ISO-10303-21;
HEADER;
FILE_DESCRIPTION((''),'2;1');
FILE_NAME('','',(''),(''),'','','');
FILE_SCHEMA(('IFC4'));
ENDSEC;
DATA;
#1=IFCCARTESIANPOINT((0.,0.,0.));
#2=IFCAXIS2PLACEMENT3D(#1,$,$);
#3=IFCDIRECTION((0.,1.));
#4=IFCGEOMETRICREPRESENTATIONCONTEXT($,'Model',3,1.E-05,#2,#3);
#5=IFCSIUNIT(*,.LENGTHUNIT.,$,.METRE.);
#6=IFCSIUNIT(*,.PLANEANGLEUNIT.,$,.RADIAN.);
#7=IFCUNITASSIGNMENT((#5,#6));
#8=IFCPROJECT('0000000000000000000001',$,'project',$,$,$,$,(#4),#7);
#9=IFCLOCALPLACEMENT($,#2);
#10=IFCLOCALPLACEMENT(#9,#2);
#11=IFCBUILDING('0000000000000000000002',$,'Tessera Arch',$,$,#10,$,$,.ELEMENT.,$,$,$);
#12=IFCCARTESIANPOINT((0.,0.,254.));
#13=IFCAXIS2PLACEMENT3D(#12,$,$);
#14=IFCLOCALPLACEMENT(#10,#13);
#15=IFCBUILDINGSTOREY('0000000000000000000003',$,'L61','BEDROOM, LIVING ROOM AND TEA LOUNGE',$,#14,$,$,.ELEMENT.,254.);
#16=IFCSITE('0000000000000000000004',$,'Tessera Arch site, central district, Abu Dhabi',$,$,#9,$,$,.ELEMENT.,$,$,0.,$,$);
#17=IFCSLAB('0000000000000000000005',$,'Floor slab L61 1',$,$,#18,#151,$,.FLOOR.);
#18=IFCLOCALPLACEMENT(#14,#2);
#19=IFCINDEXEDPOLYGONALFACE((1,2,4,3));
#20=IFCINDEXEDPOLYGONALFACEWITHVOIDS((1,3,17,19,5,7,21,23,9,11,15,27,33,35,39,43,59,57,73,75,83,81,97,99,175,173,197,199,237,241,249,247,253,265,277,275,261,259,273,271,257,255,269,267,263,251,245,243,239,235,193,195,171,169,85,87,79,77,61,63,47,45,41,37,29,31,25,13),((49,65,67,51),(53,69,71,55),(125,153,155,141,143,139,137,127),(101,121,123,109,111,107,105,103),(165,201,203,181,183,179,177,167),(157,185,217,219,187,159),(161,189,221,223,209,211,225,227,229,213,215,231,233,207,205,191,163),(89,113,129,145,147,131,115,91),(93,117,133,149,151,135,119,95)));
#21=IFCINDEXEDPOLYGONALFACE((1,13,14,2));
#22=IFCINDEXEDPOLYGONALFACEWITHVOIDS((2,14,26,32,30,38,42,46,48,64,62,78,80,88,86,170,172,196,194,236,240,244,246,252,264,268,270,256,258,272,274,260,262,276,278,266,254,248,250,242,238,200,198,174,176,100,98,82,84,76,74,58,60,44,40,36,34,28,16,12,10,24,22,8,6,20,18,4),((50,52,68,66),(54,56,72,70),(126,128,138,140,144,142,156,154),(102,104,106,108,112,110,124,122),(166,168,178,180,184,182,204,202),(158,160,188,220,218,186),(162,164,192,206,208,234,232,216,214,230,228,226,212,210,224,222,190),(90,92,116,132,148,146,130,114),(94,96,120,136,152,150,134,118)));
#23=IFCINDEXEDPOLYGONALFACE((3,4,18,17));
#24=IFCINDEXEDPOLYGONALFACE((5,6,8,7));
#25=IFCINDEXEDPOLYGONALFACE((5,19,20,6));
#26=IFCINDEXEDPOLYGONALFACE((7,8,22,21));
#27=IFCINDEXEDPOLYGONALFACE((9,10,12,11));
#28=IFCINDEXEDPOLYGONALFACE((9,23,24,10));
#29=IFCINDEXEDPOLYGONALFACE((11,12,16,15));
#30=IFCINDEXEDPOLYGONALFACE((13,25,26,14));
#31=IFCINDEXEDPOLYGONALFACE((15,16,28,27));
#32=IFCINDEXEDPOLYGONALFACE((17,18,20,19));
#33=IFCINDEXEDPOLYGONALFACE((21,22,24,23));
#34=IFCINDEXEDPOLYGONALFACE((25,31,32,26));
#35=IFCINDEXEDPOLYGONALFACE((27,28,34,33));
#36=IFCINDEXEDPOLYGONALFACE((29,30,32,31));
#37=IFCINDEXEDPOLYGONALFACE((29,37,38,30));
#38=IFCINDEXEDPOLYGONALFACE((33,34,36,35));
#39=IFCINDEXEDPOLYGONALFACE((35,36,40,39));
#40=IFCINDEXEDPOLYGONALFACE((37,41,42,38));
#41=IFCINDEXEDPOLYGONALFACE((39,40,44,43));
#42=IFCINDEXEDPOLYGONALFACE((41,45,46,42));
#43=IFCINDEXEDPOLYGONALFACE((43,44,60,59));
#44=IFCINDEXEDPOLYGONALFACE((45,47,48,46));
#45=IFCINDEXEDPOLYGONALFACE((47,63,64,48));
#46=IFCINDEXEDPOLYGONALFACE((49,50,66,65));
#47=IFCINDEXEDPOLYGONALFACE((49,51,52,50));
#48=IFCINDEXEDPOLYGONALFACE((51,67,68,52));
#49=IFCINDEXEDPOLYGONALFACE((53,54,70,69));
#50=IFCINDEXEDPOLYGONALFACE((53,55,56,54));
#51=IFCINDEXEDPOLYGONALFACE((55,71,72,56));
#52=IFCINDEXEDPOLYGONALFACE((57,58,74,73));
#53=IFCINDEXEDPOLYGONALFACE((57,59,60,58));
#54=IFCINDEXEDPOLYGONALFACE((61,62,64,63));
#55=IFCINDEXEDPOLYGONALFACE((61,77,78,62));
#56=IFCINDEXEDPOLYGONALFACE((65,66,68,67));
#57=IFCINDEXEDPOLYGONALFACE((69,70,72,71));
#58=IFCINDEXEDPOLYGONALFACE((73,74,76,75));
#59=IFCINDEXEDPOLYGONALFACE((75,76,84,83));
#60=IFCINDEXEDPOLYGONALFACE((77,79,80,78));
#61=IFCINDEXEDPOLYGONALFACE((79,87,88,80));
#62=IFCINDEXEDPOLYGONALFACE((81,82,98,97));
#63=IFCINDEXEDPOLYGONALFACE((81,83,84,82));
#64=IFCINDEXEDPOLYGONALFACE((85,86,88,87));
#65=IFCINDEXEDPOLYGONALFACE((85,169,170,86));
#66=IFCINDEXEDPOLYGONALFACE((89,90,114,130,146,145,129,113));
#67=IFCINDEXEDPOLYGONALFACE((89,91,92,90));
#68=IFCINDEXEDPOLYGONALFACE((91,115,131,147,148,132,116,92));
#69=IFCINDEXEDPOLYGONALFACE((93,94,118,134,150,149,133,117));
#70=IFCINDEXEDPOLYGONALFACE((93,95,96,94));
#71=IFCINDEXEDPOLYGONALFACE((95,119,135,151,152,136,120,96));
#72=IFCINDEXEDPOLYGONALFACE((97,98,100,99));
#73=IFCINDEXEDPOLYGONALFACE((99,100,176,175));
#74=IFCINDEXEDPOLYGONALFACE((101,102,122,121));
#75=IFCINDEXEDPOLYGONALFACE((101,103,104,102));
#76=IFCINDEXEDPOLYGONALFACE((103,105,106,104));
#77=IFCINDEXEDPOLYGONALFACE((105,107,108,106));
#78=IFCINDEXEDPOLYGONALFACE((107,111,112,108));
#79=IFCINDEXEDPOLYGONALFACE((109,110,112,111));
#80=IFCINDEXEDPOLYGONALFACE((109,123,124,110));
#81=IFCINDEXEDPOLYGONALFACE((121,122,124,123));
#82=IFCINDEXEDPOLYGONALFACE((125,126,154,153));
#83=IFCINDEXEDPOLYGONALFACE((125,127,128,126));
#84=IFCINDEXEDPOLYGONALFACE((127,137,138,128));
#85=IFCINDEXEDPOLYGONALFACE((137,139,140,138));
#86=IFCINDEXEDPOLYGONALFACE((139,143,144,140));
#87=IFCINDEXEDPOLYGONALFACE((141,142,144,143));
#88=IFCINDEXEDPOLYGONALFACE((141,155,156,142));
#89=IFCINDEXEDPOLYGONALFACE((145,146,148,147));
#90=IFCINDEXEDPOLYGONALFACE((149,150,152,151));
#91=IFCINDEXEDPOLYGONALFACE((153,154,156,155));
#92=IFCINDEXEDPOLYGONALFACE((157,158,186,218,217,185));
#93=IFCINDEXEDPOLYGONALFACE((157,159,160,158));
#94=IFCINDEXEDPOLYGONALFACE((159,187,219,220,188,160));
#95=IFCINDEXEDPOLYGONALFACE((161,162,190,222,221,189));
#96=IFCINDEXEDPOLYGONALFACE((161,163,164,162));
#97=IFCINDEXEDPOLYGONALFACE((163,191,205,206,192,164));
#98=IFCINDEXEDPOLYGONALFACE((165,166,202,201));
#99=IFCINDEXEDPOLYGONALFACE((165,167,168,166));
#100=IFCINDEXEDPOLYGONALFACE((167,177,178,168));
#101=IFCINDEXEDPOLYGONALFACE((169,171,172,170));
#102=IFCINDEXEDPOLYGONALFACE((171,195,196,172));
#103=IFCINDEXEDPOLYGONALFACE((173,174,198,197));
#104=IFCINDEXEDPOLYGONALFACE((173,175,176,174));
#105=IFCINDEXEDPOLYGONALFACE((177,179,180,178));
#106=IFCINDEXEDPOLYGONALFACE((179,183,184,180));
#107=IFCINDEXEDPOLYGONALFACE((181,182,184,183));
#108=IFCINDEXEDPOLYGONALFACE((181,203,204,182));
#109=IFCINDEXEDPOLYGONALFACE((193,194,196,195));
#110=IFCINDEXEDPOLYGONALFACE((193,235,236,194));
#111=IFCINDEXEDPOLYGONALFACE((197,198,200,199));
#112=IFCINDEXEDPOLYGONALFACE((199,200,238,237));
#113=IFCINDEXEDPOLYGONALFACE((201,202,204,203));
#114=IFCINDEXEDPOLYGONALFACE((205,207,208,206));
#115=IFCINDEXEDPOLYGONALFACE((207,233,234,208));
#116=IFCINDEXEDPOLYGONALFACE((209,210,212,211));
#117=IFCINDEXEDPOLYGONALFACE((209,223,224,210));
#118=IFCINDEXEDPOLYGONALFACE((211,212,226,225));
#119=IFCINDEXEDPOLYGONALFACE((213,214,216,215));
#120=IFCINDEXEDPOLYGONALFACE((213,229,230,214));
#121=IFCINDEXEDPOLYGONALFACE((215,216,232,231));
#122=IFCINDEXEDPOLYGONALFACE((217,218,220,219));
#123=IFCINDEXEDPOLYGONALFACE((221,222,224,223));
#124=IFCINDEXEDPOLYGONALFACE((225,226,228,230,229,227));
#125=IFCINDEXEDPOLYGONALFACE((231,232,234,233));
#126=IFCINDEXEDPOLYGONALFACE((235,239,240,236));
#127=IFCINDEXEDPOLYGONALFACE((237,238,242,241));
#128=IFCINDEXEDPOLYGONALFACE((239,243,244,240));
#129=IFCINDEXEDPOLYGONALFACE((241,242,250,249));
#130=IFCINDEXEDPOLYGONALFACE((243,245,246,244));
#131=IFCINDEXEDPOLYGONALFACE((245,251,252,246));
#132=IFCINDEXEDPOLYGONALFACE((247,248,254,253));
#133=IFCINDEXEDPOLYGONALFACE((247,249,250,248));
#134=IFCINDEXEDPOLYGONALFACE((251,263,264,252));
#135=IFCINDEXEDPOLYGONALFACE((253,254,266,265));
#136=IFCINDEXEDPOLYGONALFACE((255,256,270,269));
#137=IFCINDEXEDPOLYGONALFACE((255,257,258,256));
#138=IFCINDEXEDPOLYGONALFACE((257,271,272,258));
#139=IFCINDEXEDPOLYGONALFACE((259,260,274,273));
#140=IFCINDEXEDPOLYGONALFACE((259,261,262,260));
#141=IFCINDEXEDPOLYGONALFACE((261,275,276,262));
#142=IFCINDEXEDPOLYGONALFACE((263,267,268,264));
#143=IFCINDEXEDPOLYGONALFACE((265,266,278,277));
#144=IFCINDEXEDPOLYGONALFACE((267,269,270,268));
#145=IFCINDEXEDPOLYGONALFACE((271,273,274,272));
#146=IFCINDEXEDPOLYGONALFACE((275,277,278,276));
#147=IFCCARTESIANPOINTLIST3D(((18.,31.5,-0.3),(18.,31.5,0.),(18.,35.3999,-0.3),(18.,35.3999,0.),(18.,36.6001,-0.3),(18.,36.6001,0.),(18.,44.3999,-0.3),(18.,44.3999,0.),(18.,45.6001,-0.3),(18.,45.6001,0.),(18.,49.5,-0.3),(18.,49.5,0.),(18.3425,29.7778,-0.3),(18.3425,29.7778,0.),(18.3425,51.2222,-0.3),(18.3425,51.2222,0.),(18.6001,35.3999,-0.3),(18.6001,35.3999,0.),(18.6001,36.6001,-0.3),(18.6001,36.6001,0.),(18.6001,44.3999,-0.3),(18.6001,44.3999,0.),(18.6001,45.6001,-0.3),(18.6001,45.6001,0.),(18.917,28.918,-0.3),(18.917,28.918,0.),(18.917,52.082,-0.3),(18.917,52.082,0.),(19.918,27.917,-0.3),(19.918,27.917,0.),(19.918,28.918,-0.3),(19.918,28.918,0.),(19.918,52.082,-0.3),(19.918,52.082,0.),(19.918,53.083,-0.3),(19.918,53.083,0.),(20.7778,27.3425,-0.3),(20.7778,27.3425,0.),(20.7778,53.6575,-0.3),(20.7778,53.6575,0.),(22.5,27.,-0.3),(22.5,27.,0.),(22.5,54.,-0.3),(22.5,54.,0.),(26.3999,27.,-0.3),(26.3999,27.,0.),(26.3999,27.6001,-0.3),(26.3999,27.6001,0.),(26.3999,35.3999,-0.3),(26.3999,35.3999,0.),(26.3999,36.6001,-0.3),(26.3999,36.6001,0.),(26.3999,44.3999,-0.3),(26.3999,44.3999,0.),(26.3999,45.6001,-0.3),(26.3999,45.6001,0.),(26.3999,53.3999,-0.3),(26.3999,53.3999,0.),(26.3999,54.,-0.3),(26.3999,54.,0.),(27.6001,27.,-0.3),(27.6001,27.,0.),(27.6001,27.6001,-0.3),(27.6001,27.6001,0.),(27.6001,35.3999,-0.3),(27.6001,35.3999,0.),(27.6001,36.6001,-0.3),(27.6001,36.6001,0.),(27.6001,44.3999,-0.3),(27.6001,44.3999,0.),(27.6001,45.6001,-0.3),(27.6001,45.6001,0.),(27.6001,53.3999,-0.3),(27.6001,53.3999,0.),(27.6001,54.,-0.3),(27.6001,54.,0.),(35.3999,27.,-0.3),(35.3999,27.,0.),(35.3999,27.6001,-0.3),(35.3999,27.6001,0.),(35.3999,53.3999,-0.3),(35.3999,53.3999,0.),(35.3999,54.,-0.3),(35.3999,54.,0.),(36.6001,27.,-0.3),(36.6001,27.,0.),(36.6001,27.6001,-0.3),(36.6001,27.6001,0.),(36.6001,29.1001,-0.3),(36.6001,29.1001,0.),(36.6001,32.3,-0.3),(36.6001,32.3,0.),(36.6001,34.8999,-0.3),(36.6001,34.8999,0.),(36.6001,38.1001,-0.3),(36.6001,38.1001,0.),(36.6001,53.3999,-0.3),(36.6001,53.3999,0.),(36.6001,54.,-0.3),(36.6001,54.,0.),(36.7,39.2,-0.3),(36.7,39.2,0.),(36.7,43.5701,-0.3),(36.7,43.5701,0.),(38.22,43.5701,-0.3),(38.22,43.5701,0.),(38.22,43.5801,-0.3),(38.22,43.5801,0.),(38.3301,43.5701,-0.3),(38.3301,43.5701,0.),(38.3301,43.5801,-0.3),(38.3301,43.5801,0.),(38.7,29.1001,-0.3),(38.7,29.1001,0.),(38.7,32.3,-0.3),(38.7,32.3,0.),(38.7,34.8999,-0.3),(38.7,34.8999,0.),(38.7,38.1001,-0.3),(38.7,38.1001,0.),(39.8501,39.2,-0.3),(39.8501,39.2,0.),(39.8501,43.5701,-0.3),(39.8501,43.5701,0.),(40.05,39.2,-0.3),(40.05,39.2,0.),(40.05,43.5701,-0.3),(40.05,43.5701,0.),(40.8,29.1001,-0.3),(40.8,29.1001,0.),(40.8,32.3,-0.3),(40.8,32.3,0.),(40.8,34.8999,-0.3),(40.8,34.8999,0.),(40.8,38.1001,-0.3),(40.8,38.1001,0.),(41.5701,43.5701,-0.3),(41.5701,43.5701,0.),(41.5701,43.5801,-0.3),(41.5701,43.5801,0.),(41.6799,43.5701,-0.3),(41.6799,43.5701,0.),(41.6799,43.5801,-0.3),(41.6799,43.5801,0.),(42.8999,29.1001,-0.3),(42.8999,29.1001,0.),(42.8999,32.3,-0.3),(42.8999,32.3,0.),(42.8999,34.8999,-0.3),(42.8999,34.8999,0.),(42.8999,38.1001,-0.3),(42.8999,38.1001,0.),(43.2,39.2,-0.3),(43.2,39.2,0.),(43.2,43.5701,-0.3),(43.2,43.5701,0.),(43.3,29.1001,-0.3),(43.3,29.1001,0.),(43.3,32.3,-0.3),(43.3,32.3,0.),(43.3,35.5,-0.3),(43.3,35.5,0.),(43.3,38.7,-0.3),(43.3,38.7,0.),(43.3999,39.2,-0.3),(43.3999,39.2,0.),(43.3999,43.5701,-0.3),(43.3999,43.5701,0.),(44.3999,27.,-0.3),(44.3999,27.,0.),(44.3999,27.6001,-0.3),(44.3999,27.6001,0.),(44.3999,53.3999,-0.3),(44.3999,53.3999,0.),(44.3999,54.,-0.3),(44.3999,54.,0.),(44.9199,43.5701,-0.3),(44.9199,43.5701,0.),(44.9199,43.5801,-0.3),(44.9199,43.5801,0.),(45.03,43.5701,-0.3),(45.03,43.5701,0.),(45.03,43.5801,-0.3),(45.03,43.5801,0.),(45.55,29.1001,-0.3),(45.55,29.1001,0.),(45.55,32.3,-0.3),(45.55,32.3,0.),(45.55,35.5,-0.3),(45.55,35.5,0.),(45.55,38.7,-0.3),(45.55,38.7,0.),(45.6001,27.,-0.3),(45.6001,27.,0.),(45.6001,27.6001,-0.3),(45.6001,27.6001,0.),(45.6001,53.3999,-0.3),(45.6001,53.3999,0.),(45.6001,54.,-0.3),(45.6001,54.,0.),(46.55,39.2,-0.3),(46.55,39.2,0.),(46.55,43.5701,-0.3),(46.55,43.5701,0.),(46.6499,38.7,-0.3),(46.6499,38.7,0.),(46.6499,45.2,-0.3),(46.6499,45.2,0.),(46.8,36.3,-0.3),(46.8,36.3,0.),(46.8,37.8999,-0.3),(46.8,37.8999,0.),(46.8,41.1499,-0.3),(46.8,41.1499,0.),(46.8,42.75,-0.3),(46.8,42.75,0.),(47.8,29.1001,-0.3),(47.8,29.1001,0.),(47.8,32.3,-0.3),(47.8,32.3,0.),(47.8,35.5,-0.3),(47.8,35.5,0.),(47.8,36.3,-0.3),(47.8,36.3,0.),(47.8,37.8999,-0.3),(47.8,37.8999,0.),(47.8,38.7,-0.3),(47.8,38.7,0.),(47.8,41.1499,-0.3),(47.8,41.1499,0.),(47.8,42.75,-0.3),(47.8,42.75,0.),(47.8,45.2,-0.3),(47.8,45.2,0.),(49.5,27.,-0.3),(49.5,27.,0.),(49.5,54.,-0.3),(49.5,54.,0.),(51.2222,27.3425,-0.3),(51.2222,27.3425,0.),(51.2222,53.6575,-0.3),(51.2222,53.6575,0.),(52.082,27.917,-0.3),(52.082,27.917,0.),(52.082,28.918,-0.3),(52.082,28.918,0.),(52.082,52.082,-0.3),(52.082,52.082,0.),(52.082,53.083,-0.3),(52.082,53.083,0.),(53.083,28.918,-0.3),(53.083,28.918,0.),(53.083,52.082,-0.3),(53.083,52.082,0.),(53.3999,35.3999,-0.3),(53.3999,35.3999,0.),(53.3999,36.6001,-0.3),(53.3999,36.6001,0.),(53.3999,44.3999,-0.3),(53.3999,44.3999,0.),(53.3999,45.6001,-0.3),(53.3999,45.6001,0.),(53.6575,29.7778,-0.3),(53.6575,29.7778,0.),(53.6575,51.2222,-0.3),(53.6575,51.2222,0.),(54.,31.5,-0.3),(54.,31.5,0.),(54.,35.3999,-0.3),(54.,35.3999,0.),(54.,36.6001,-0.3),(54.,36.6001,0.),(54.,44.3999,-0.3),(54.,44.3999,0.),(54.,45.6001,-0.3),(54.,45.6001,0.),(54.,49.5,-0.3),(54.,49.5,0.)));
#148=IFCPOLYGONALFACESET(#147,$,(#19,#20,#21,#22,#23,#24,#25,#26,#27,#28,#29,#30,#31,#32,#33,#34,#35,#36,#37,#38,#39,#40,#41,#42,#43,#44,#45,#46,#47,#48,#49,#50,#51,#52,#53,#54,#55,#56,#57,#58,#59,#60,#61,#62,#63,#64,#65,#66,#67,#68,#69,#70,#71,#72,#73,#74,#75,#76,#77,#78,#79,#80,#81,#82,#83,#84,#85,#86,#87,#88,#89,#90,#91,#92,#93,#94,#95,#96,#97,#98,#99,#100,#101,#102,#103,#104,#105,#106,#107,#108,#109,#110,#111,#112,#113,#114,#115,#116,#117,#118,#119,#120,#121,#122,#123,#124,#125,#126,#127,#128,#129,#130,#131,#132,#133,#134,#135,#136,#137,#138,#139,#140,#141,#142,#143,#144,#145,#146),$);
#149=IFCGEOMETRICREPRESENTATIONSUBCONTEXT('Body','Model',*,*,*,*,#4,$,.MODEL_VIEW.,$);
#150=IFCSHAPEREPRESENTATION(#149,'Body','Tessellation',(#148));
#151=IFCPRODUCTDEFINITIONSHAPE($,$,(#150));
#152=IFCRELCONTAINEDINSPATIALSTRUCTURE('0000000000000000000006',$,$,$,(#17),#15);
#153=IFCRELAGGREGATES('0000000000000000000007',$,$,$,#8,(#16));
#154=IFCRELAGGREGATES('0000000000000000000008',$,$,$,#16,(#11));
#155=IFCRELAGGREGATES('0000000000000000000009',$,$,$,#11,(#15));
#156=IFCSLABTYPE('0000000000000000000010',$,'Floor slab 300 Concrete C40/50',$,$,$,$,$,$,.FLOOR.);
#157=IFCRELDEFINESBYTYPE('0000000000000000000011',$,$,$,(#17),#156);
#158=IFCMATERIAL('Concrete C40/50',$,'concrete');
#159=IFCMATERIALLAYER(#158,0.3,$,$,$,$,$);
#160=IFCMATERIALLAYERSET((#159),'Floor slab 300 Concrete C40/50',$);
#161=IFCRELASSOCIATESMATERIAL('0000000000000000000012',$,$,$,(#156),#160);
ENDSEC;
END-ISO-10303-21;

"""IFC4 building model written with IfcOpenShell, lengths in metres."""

from ifc_helpers import new_model, si_unit, direction, frame, origin, place, context, subcontext, project, spatial, polyline, outline, extrude, material, layer, layer_set, type_object, element, save


model = new_model("IFC4")

# Units and contexts
model_context = context("Model", 3, precision=1e-05, world=origin(), true_north=direction((0.0, 1.0)))
body_context = subcontext(model_context, "Body", "Model", "MODEL_VIEW")
ifc_project = project(units=[si_unit("LENGTHUNIT", "METRE"), si_unit("PLANEANGLEUNIT", "RADIAN")], contexts=[model_context])

# Site, building, storey
site_placement = place(None, origin())
site = spatial("IfcSite", under=ifc_project, at=site_placement, Name="Tessera Arch site, central district, Abu Dhabi", CompositionType="ELEMENT", RefElevation=0.0)
building_placement = place(site_placement, origin())
building = spatial("IfcBuilding", under=site, at=building_placement, Name="Tessera Arch", CompositionType="ELEMENT")
storey_placement = place(building_placement, frame((0.0, 0.0, 254.0)))
storey = spatial("IfcBuildingStorey", under=building, at=storey_placement, Name="L61", Description="BEDROOM, LIVING ROOM AND TEA LOUNGE", CompositionType="ELEMENT", Elevation=254.0)

# Slab
ifc_material_1 = material(Name="Concrete C40/50", Category="concrete")
ifc_layer_1 = layer(ifc_material_1, 0.3)
ifc_layer_set_1 = layer_set([ifc_layer_1], Name="Floor slab 300 Concrete C40/50")
slab_type = type_object("IfcSlabType", Name="Floor slab 300 Concrete C40/50", PredefinedType="FLOOR", material=ifc_layer_set_1)
slab_placement = place(storey_placement, frame((0.0, 0.0, -0.3)))
element("IfcSlab", 1, at=slab_placement, inside=storey, type_object=slab_type, Name="Floor slab L61 1", PredefinedType="FLOOR", context=body_context, shape_type="SweptSolid", body=[
    extrude(outline(polyline([(54.0, 31.5), (53.6575, 29.7778), (53.083, 28.918), (52.082, 28.918), (52.082, 27.917), (51.2222, 27.3425), (49.5, 27.0), (45.6001, 27.0), (45.6001, 27.6001), (44.3999, 27.6001), (44.3999, 27.0), (36.6001, 27.0), (36.6001, 27.6001), (35.3999, 27.6001), (35.3999, 27.0), (27.6001, 27.0), (27.6001, 27.6001), (26.3999, 27.6001), (26.3999, 27.0), (22.5, 27.0), (20.7778, 27.3425), (19.918, 27.917), (19.918, 28.918), (18.917, 28.918), (18.3425, 29.7778), (18.0, 31.5), (18.0, 35.3999), (18.6001, 35.3999), (18.6001, 36.6001), (18.0, 36.6001), (18.0, 44.3999), (18.6001, 44.3999), (18.6001, 45.6001), (18.0, 45.6001), (18.0, 49.5), (18.3425, 51.2222), (18.917, 52.082), (19.918, 52.082), (19.918, 53.083), (20.7778, 53.6575), (22.5, 54.0), (26.3999, 54.0), (26.3999, 53.3999), (27.6001, 53.3999), (27.6001, 54.0), (35.3999, 54.0), (35.3999, 53.3999), (36.6001, 53.3999), (36.6001, 54.0), (44.3999, 54.0), (44.3999, 53.3999), (45.6001, 53.3999), (45.6001, 54.0), (49.5, 54.0), (51.2222, 53.6575), (52.082, 53.083), (52.082, 52.082), (53.083, 52.082), (53.6575, 51.2222), (54.0, 49.5), (54.0, 45.6001), (53.3999, 45.6001), (53.3999, 44.3999), (54.0, 44.3999), (54.0, 36.6001), (53.3999, 36.6001), (53.3999, 35.3999), (54.0, 35.3999), (54.0, 31.5)]), holes=[polyline([(40.8, 29.1001), (42.8999, 29.1001), (42.8999, 32.3), (40.8, 32.3), (38.7, 32.3), (36.6001, 32.3), (36.6001, 29.1001), (38.7, 29.1001), (40.8, 29.1001)]), polyline([(27.6001, 35.3999), (27.6001, 36.6001), (26.3999, 36.6001), (26.3999, 35.3999), (27.6001, 35.3999)]), polyline([(40.8, 34.8999), (42.8999, 34.8999), (42.8999, 38.1001), (40.8, 38.1001), (38.7, 38.1001), (36.6001, 38.1001), (36.6001, 34.8999), (38.7, 34.8999), (40.8, 34.8999)]), polyline([(38.22, 43.5801), (38.22, 43.5701), (36.7, 43.5701), (36.7, 39.2), (39.8501, 39.2), (39.8501, 43.5701), (38.3301, 43.5701), (38.3301, 43.5801), (38.22, 43.5801)]), polyline([(27.6001, 44.3999), (27.6001, 45.6001), (26.3999, 45.6001), (26.3999, 44.3999), (27.6001, 44.3999)]), polyline([(47.8, 32.3), (45.55, 32.3), (43.3, 32.3), (43.3, 29.1001), (45.55, 29.1001), (47.8, 29.1001), (47.8, 32.3)]), polyline([(46.6499, 38.7), (45.55, 38.7), (43.3, 38.7), (43.3, 35.5), (45.55, 35.5), (47.8, 35.5), (47.8, 36.3), (46.8, 36.3), (46.8, 37.8999), (47.8, 37.8999), (47.8, 38.7), (47.8, 41.1499), (46.8, 41.1499), (46.8, 42.75), (47.8, 42.75), (47.8, 45.2), (46.6499, 45.2), (46.6499, 38.7)]), polyline([(41.5701, 43.5801), (41.5701, 43.5701), (40.05, 43.5701), (40.05, 39.2), (43.2, 39.2), (43.2, 43.5701), (41.6799, 43.5701), (41.6799, 43.5801), (41.5701, 43.5801)]), polyline([(44.9199, 43.5801), (44.9199, 43.5701), (43.3999, 43.5701), (43.3999, 39.2), (46.55, 39.2), (46.55, 43.5701), (45.03, 43.5701), (45.03, 43.5801), (44.9199, 43.5801)])]), origin(), (0.0, 0.0, 1.0), 0.3),
])

save(model, "model.ifc")
